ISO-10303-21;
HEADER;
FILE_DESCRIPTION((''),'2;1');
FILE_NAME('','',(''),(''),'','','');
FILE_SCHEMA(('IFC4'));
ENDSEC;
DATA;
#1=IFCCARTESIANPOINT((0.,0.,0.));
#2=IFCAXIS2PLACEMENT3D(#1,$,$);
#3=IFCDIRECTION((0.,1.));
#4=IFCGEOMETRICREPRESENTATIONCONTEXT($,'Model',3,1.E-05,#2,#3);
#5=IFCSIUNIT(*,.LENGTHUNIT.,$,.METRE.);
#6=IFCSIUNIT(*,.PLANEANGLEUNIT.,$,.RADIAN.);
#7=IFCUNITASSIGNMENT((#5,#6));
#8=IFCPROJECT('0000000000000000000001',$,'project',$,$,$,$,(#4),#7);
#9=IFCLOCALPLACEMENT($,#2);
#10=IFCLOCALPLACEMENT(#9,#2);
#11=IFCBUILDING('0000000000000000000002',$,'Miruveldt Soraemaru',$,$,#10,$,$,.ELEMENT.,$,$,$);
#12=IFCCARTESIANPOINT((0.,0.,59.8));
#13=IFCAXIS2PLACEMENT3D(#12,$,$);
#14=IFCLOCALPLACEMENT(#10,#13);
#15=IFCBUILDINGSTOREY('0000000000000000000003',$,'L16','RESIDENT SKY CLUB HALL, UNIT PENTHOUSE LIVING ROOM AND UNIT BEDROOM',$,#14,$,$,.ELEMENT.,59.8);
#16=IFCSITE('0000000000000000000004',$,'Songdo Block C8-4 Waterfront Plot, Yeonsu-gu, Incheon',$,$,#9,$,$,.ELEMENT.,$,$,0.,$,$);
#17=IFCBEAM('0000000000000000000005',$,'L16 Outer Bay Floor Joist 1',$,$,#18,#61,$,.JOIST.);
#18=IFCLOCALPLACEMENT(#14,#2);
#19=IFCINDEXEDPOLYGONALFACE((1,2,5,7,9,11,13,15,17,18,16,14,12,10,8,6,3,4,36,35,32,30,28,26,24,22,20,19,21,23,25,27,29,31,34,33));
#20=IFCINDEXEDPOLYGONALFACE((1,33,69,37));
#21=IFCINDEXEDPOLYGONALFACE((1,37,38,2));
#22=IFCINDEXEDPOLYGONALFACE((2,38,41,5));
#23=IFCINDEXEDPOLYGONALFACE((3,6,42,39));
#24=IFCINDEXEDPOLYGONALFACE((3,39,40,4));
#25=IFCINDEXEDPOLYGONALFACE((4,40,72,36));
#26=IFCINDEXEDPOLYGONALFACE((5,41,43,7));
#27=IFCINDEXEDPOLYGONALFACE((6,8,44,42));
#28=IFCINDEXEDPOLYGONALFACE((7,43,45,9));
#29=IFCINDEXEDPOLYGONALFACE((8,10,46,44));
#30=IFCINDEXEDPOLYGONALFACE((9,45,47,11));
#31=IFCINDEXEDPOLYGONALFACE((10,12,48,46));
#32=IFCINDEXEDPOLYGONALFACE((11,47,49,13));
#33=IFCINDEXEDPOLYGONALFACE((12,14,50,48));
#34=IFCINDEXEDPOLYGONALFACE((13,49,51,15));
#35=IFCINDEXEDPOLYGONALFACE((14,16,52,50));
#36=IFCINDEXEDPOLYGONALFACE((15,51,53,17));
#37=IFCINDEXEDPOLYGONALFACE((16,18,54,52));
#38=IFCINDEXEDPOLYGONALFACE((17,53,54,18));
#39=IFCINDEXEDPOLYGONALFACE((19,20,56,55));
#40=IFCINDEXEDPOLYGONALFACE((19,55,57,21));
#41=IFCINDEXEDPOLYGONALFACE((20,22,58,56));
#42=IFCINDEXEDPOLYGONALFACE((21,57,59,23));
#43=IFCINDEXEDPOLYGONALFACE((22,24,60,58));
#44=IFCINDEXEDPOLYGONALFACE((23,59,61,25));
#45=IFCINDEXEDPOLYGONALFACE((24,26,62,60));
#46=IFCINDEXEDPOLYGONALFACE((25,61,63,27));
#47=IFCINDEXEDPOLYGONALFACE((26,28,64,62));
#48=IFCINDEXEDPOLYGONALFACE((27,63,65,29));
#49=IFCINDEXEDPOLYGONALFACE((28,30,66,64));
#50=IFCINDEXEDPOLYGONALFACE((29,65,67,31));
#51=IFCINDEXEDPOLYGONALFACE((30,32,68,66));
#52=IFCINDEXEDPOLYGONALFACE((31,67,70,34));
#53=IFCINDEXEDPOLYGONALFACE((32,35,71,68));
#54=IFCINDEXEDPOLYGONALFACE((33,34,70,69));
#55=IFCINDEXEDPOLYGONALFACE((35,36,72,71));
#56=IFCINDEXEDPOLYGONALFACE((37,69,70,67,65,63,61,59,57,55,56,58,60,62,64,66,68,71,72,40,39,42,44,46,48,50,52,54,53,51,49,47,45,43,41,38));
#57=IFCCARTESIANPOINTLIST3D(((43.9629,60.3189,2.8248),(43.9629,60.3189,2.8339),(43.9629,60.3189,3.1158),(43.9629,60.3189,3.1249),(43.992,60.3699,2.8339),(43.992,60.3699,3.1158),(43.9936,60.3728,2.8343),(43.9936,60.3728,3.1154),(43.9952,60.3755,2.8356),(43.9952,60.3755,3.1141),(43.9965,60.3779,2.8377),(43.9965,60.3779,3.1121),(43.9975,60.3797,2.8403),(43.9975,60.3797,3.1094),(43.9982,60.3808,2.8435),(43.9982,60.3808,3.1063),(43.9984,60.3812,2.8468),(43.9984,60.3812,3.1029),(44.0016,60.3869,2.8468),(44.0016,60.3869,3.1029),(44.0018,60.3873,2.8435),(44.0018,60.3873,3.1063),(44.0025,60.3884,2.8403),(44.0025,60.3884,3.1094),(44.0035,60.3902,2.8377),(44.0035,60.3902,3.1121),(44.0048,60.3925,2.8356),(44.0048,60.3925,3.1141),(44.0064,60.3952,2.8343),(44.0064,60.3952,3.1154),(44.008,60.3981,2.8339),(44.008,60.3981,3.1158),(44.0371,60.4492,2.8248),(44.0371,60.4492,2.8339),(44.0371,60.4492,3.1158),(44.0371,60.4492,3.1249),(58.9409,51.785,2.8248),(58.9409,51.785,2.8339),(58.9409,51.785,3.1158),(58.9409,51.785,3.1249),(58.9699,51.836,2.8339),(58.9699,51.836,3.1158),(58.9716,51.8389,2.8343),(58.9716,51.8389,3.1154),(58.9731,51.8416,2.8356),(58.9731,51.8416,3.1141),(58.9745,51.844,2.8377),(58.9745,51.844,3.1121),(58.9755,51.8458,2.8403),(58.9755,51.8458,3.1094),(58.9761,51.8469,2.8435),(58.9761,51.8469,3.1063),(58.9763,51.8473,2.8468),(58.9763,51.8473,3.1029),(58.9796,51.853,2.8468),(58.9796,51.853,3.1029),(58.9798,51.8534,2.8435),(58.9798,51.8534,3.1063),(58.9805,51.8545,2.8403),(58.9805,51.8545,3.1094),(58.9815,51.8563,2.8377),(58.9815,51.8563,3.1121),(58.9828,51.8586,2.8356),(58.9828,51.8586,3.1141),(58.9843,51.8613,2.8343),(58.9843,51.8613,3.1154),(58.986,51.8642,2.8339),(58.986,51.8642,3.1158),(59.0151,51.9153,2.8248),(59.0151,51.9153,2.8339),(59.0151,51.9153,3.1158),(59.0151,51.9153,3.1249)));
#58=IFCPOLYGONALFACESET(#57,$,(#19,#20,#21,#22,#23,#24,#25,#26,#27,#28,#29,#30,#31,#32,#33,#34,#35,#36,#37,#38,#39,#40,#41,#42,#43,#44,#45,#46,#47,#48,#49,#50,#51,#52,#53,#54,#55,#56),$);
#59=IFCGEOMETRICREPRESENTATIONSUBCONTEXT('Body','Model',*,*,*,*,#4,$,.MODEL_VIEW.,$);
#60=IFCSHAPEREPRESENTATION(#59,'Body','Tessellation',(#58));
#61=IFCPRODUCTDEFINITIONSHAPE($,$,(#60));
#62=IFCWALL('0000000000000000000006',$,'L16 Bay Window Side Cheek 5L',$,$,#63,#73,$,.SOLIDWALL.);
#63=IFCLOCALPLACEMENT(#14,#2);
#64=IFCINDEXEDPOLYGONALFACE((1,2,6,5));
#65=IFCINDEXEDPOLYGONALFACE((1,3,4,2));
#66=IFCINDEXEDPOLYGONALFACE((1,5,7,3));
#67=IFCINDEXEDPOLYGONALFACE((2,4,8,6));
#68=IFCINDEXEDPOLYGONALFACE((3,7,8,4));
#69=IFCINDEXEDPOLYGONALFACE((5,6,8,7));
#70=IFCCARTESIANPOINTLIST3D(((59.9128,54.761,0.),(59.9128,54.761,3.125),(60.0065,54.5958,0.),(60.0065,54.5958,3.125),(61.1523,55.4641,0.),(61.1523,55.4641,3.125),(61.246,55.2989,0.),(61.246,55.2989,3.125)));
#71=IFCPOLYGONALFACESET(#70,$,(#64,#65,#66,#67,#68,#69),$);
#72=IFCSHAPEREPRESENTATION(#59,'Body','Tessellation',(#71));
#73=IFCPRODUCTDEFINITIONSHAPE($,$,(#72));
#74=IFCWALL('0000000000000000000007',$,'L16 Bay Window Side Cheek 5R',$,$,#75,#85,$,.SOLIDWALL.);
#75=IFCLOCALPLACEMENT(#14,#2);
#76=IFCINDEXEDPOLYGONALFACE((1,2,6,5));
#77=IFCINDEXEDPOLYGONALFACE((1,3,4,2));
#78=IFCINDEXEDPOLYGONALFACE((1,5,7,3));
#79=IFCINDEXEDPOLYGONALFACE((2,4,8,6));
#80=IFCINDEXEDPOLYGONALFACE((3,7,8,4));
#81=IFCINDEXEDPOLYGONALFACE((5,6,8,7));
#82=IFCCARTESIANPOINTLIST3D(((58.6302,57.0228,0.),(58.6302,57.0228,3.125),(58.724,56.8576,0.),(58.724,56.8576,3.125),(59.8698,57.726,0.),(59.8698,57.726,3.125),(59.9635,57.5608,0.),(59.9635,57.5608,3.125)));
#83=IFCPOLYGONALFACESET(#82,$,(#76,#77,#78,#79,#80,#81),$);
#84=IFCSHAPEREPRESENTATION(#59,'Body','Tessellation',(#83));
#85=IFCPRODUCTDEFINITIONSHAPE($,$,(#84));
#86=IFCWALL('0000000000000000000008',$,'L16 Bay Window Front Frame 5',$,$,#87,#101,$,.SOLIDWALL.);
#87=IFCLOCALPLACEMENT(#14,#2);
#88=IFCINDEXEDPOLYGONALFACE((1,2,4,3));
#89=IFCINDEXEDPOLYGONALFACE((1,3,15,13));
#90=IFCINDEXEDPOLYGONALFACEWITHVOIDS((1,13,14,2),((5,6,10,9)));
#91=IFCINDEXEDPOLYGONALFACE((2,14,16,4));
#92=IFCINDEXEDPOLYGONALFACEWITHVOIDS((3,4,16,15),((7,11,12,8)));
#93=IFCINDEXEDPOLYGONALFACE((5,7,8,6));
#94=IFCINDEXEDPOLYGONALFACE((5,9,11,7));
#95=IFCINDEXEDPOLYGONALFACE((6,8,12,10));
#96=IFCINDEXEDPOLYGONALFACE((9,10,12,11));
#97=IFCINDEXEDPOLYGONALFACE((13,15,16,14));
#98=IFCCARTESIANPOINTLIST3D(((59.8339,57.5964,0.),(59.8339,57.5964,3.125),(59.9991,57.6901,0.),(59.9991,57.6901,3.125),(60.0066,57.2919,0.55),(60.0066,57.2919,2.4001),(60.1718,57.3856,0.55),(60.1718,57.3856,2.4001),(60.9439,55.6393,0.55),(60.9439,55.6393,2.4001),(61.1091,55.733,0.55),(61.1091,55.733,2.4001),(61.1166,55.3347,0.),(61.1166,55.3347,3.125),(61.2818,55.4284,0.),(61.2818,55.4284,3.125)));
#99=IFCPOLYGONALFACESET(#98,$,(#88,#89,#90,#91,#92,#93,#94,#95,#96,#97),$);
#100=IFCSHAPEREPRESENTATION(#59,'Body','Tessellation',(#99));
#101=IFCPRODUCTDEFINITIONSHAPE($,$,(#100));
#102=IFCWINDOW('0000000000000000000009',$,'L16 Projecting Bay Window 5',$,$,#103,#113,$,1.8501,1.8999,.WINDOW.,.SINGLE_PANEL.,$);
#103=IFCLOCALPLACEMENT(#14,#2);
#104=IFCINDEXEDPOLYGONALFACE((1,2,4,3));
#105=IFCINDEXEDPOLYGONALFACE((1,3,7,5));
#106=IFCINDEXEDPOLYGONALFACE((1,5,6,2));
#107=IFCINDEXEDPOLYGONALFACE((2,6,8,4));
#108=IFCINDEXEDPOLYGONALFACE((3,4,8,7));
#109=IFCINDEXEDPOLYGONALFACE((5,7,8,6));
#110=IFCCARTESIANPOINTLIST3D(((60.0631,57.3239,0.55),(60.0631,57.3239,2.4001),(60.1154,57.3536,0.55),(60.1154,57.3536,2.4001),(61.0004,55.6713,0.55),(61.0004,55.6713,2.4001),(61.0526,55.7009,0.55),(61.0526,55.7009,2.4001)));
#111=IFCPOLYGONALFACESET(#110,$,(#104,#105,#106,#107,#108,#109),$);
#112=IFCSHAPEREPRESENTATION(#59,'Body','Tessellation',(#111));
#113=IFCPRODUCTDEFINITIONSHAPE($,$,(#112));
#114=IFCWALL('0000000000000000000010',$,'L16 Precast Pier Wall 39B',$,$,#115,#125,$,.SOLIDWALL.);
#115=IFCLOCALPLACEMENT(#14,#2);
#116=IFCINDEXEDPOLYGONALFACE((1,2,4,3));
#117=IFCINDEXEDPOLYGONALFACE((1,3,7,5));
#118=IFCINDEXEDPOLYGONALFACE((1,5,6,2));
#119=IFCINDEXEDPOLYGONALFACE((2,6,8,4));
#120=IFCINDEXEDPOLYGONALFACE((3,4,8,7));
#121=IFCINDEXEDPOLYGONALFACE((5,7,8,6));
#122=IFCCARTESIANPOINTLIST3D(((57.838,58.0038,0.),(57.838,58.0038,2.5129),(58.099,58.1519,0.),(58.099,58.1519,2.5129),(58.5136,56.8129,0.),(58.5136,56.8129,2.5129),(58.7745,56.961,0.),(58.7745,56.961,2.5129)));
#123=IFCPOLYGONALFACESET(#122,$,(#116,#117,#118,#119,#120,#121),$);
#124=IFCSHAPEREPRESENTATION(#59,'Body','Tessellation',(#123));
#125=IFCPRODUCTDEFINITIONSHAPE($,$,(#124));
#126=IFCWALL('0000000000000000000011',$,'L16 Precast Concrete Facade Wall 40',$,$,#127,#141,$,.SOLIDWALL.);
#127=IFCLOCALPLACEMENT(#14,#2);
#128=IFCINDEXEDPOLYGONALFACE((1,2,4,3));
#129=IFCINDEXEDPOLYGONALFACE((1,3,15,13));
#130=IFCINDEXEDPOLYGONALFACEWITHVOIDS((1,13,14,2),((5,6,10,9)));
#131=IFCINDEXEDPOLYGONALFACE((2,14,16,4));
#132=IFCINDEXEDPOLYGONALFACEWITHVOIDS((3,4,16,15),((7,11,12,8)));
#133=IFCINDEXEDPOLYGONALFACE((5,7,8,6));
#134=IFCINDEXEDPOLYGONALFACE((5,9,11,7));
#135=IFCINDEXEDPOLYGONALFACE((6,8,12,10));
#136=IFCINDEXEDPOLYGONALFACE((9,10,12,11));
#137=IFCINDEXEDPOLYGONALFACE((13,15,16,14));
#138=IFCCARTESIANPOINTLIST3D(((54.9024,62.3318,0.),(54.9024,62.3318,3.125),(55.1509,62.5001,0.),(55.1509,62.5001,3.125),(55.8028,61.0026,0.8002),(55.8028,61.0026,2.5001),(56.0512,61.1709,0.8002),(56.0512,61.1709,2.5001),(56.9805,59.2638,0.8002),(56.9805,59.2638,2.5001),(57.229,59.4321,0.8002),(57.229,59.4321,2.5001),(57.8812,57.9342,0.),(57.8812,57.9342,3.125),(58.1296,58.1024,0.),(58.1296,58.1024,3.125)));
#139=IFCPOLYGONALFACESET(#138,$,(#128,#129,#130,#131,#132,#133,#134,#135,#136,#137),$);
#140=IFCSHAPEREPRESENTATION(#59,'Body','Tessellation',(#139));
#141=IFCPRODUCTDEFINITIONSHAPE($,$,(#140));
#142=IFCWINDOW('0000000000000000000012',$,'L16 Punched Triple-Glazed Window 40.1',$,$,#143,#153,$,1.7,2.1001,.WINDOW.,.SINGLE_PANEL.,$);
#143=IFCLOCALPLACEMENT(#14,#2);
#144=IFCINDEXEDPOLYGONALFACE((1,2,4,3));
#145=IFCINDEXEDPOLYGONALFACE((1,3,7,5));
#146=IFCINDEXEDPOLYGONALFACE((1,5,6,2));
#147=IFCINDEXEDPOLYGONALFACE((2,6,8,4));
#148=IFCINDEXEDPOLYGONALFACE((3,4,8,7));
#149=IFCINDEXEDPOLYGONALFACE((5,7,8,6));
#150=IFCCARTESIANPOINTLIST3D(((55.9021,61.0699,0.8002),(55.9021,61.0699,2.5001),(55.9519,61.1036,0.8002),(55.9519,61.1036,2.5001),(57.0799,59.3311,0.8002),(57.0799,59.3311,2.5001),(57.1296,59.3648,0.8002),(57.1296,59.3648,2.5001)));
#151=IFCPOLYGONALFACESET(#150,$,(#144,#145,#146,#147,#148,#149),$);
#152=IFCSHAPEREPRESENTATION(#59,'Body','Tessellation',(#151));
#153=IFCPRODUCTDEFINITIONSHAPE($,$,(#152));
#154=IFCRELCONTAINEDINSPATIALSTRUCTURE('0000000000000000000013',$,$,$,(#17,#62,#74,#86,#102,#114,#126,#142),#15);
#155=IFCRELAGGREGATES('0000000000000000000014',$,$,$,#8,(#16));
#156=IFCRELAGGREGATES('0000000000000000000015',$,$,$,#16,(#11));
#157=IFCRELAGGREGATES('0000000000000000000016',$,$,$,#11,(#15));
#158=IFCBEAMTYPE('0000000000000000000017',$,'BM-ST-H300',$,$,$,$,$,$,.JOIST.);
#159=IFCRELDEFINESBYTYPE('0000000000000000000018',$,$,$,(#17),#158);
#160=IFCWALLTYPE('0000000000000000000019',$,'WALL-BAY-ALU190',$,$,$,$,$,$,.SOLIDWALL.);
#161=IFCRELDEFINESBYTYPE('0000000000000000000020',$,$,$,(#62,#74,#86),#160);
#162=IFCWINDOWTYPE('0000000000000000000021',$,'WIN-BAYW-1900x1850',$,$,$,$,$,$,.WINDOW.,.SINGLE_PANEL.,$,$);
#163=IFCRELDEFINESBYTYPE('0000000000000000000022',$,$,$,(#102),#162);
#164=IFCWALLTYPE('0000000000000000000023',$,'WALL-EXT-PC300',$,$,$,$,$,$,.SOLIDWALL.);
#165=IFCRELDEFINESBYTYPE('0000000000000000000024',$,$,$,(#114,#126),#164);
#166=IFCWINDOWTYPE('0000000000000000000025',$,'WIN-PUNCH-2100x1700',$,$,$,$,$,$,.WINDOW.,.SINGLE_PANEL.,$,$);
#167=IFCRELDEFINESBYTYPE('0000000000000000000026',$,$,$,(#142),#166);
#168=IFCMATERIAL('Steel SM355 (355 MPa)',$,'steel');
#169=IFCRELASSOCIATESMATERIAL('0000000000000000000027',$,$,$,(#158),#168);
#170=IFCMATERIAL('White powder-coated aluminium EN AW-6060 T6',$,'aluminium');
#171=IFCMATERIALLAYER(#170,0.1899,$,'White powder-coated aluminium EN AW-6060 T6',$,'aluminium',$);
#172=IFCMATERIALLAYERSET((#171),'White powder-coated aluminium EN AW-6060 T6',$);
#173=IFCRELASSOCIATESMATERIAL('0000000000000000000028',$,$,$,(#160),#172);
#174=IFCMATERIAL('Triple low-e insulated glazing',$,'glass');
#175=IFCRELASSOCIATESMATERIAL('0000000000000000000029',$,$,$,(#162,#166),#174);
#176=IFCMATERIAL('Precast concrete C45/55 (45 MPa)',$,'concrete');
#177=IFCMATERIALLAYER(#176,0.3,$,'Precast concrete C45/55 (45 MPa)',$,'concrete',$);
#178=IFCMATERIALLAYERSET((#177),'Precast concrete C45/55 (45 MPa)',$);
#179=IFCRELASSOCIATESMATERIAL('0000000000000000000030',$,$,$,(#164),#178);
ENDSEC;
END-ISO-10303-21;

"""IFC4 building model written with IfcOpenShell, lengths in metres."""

from ifc_helpers import new_model, si_unit, direction, frame, frame_2d, origin, origin_2d, place, context, subcontext, project, spatial, rectangle, i_section, extrude, material, layer, layer_set, material_profile, profile_set, type_object, element, fill, save


model = new_model("IFC4")

# Units and contexts
model_context = context("Model", 3, precision=1e-05, world=origin(), true_north=direction((0.0, 1.0)))
body_context = subcontext(model_context, "Body", "Model", "MODEL_VIEW")
ifc_project = project(units=[si_unit("LENGTHUNIT", "METRE"), si_unit("PLANEANGLEUNIT", "RADIAN")], contexts=[model_context])

# Site, building, storey
site_placement = place(None, origin())
site = spatial("IfcSite", under=ifc_project, at=site_placement, Name="Songdo Block C8-4 Waterfront Plot, Yeonsu-gu, Incheon", CompositionType="ELEMENT", RefElevation=0.0)
building_placement = place(site_placement, origin())
building = spatial("IfcBuilding", under=site, at=building_placement, Name="Miruveldt Soraemaru", CompositionType="ELEMENT")
storey_placement = place(building_placement, frame((0.0, 0.0, 59.8)))
storey = spatial("IfcBuildingStorey", under=building, at=storey_placement, Name="L16", Description="RESIDENT SKY CLUB HALL, UNIT PENTHOUSE LIVING ROOM AND UNIT BEDROOM", CompositionType="ELEMENT", Elevation=59.8)

# Beam
ifc_material_1 = material(Name="Steel SM355 (355 MPa)", Category="steel")
ifc_material_profile = material_profile(ifc_material_1, i_section(OverallWidth=0.1499, OverallDepth=0.3, WebThickness=0.0066, FlangeThickness=0.009, FilletRadius=0.0129, at=origin_2d()), Name="Steel SM355 (355 MPa)", Category="steel")
ifc_profile_set = profile_set([ifc_material_profile], Name="Steel SM355 (355 MPa)")
beam_type = type_object("IfcBeamType", Name="BM-ST-H300", PredefinedType="JOIST", material=ifc_profile_set)
beam_placement = place(storey_placement, frame((44.0, 60.384, 2.9749), z_axis=(0.868866, -0.495048, 0.0), x_axis=(0.495048, 0.868866, 0.0)))
element("IfcBeam", 1, at=beam_placement, inside=storey, type_object=beam_type, Name="L16 Outer Bay Floor Joist 1", PredefinedType="JOIST", context=body_context, shape_type="SweptSolid", body=[
    extrude(i_section(OverallWidth=0.1499, OverallDepth=0.3, WebThickness=0.0066, FlangeThickness=0.009, FilletRadius=0.0129, at=origin_2d()), origin(), (0.0, 0.0, 1.0), 17.2385),
])

# Walls
ifc_material_2 = material(Name="White powder-coated aluminium EN AW-6060 T6", Category="aluminium")
ifc_layer_1 = layer(ifc_material_2, 0.1899, Name="White powder-coated aluminium EN AW-6060 T6", Category="aluminium")
ifc_layer_set_1 = layer_set([ifc_layer_1], Name="White powder-coated aluminium EN AW-6060 T6")
wall_type_1 = type_object("IfcWallType", Name="WALL-BAY-ALU190", PredefinedType="SOLIDWALL", material=ifc_layer_set_1)
for number, where, z_axis, x_axis, name in (
    (2, (59.9597, 54.6785, 0.0), (0.0, 0.0, 1.0), (0.869799, 0.493406, 0.0), "L16 Bay Window Side Cheek 5L"),
    (3, (59.9165, 57.6433, 0.0), (0.0, 0.0, 1.0), (-0.869799, -0.493406, 0.0), "L16 Bay Window Side Cheek 5R"),
):
    element("IfcWall", number, at=place(storey_placement, frame(where, z_axis=z_axis, x_axis=x_axis)), inside=storey, type_object=wall_type_1, Name=name, PredefinedType="SOLIDWALL", context=body_context, shape_type="SweptSolid", body=[
        extrude(rectangle(XDim=1.425, YDim=0.1899, at=frame_2d((0.7124, 0.0))), origin(), (0.0, 0.0, 1.0), 3.125),
    ])

# Wall, opening, window
wall_1_placement = place(storey_placement, frame((61.1992, 55.3816, 0.0), z_axis=(0.0, 0.0, 1.0), x_axis=(-0.493325, 0.869845, 0.0)))
wall_1 = element("IfcWall", 4, at=wall_1_placement, inside=storey, type_object=wall_type_1, Name="L16 Bay Window Front Frame 5", PredefinedType="SOLIDWALL", context=body_context, shape_type="SweptSolid", body=[
    extrude(rectangle(XDim=2.6001, YDim=0.1899, at=frame_2d((1.3, 0.0))), origin(), (0.0, 0.0, 1.0), 3.125),
])
opening_1_placement = place(wall_1_placement, frame((0.3501, 0.0, 0.55)))
opening_1 = element("IfcOpeningElement", 5, at=opening_1_placement, cuts=wall_1, PredefinedType="OPENING", context=body_context, shape_type="SweptSolid", body=[
    extrude(rectangle(XDim=1.8999, YDim=1.8501, at=frame_2d((0.95, 0.925))), frame((0.0, 0.105, 0.0), z_axis=(0.0, -1.0, 0.0), x_axis=(1.0, 0.0, 0.0)), (0.0, 0.0, 1.0), 0.21),
])
ifc_material_3 = material(Name="Triple low-e insulated glazing", Category="glass")
window_type_1 = type_object("IfcWindowType", Name="WIN-BAYW-1900x1850", PartitioningType="SINGLE_PANEL", PredefinedType="WINDOW", material=ifc_material_3)
window_1_placement = place(opening_1_placement, origin())
window_1 = element("IfcWindow", 6, at=window_1_placement, inside=storey, type_object=window_type_1, Name="L16 Projecting Bay Window 5", OverallHeight=1.8501, OverallWidth=1.8999, PartitioningType="SINGLE_PANEL", PredefinedType="WINDOW", context=body_context, shape_type="SweptSolid", body=[
    extrude(rectangle(XDim=1.8999, YDim=1.8501, at=frame_2d((0.95, 0.925))), frame((0.0, 0.03, 0.0), z_axis=(0.0, -1.0, 0.0), x_axis=(1.0, 0.0, 0.0)), (0.0, 0.0, 1.0), 0.0601),
])
fill(opening_1, window_1)

# Wall
ifc_material_4 = material(Name="Precast concrete C45/55 (45 MPa)", Category="concrete")
ifc_layer_2 = layer(ifc_material_4, 0.3, Name="Precast concrete C45/55 (45 MPa)", Category="concrete")
ifc_layer_set_2 = layer_set([ifc_layer_2], Name="Precast concrete C45/55 (45 MPa)")
wall_type_2 = type_object("IfcWallType", Name="WALL-EXT-PC300", PredefinedType="SOLIDWALL", material=ifc_layer_set_2)
wall_2_placement = place(storey_placement, frame((58.644, 56.887, 0.0), z_axis=(0.0, 0.0, 1.0), x_axis=(-0.49339, 0.869808, 0.0)))
element("IfcWall", 7, at=wall_2_placement, inside=storey, type_object=wall_type_2, Name="L16 Precast Pier Wall 39B", PredefinedType="SOLIDWALL", context=body_context, shape_type="SweptSolid", body=[
    extrude(rectangle(XDim=1.3691, YDim=0.3, at=frame_2d((0.6846, 0.0))), origin(), (0.0, 0.0, 1.0), 2.5129),
])

# Wall, opening, window
wall_3_placement = place(storey_placement, frame((58.0054, 58.0183, 0.0), z_axis=(0.0, 0.0, 1.0), x_axis=(-0.560805, 0.827948, 0.0)))
wall_3 = element("IfcWall", 8, at=wall_3_placement, inside=storey, type_object=wall_type_2, Name="L16 Precast Concrete Facade Wall 40", PredefinedType="SOLIDWALL", context=body_context, shape_type="SweptSolid", body=[
    extrude(rectangle(XDim=5.3115, YDim=0.3, at=frame_2d((2.6558, 0.0))), origin(), (0.0, 0.0, 1.0), 3.125),
])
opening_2_placement = place(wall_3_placement, frame((1.606, 0.0, 0.8)))
opening_2 = element("IfcOpeningElement", 9, at=opening_2_placement, cuts=wall_3, PredefinedType="OPENING", context=body_context, shape_type="SweptSolid", body=[
    extrude(rectangle(XDim=2.1001, YDim=1.7, at=frame_2d((1.05, 0.8501))), frame((0.0, 0.1602, 0.0), z_axis=(0.0, -1.0, 0.0), x_axis=(1.0, 0.0, 0.0)), (0.0, 0.0, 1.0), 0.3201),
])
window_type_2 = type_object("IfcWindowType", Name="WIN-PUNCH-2100x1700", PartitioningType="SINGLE_PANEL", PredefinedType="WINDOW", material=ifc_material_3)
window_2_placement = place(opening_2_placement, origin())
window_2 = element("IfcWindow", 10, at=window_2_placement, inside=storey, type_object=window_type_2, Name="L16 Punched Triple-Glazed Window 40.1", OverallHeight=1.7, OverallWidth=2.1001, PartitioningType="SINGLE_PANEL", PredefinedType="WINDOW", context=body_context, shape_type="SweptSolid", body=[
    extrude(rectangle(XDim=2.1001, YDim=1.7, at=frame_2d((1.05, 0.8501))), frame((0.0, 0.03, 0.0), z_axis=(0.0, -1.0, 0.0), x_axis=(1.0, 0.0, 0.0)), (0.0, 0.0, 1.0), 0.0601),
])
fill(opening_2, window_2)

save(model, "model.ifc")
